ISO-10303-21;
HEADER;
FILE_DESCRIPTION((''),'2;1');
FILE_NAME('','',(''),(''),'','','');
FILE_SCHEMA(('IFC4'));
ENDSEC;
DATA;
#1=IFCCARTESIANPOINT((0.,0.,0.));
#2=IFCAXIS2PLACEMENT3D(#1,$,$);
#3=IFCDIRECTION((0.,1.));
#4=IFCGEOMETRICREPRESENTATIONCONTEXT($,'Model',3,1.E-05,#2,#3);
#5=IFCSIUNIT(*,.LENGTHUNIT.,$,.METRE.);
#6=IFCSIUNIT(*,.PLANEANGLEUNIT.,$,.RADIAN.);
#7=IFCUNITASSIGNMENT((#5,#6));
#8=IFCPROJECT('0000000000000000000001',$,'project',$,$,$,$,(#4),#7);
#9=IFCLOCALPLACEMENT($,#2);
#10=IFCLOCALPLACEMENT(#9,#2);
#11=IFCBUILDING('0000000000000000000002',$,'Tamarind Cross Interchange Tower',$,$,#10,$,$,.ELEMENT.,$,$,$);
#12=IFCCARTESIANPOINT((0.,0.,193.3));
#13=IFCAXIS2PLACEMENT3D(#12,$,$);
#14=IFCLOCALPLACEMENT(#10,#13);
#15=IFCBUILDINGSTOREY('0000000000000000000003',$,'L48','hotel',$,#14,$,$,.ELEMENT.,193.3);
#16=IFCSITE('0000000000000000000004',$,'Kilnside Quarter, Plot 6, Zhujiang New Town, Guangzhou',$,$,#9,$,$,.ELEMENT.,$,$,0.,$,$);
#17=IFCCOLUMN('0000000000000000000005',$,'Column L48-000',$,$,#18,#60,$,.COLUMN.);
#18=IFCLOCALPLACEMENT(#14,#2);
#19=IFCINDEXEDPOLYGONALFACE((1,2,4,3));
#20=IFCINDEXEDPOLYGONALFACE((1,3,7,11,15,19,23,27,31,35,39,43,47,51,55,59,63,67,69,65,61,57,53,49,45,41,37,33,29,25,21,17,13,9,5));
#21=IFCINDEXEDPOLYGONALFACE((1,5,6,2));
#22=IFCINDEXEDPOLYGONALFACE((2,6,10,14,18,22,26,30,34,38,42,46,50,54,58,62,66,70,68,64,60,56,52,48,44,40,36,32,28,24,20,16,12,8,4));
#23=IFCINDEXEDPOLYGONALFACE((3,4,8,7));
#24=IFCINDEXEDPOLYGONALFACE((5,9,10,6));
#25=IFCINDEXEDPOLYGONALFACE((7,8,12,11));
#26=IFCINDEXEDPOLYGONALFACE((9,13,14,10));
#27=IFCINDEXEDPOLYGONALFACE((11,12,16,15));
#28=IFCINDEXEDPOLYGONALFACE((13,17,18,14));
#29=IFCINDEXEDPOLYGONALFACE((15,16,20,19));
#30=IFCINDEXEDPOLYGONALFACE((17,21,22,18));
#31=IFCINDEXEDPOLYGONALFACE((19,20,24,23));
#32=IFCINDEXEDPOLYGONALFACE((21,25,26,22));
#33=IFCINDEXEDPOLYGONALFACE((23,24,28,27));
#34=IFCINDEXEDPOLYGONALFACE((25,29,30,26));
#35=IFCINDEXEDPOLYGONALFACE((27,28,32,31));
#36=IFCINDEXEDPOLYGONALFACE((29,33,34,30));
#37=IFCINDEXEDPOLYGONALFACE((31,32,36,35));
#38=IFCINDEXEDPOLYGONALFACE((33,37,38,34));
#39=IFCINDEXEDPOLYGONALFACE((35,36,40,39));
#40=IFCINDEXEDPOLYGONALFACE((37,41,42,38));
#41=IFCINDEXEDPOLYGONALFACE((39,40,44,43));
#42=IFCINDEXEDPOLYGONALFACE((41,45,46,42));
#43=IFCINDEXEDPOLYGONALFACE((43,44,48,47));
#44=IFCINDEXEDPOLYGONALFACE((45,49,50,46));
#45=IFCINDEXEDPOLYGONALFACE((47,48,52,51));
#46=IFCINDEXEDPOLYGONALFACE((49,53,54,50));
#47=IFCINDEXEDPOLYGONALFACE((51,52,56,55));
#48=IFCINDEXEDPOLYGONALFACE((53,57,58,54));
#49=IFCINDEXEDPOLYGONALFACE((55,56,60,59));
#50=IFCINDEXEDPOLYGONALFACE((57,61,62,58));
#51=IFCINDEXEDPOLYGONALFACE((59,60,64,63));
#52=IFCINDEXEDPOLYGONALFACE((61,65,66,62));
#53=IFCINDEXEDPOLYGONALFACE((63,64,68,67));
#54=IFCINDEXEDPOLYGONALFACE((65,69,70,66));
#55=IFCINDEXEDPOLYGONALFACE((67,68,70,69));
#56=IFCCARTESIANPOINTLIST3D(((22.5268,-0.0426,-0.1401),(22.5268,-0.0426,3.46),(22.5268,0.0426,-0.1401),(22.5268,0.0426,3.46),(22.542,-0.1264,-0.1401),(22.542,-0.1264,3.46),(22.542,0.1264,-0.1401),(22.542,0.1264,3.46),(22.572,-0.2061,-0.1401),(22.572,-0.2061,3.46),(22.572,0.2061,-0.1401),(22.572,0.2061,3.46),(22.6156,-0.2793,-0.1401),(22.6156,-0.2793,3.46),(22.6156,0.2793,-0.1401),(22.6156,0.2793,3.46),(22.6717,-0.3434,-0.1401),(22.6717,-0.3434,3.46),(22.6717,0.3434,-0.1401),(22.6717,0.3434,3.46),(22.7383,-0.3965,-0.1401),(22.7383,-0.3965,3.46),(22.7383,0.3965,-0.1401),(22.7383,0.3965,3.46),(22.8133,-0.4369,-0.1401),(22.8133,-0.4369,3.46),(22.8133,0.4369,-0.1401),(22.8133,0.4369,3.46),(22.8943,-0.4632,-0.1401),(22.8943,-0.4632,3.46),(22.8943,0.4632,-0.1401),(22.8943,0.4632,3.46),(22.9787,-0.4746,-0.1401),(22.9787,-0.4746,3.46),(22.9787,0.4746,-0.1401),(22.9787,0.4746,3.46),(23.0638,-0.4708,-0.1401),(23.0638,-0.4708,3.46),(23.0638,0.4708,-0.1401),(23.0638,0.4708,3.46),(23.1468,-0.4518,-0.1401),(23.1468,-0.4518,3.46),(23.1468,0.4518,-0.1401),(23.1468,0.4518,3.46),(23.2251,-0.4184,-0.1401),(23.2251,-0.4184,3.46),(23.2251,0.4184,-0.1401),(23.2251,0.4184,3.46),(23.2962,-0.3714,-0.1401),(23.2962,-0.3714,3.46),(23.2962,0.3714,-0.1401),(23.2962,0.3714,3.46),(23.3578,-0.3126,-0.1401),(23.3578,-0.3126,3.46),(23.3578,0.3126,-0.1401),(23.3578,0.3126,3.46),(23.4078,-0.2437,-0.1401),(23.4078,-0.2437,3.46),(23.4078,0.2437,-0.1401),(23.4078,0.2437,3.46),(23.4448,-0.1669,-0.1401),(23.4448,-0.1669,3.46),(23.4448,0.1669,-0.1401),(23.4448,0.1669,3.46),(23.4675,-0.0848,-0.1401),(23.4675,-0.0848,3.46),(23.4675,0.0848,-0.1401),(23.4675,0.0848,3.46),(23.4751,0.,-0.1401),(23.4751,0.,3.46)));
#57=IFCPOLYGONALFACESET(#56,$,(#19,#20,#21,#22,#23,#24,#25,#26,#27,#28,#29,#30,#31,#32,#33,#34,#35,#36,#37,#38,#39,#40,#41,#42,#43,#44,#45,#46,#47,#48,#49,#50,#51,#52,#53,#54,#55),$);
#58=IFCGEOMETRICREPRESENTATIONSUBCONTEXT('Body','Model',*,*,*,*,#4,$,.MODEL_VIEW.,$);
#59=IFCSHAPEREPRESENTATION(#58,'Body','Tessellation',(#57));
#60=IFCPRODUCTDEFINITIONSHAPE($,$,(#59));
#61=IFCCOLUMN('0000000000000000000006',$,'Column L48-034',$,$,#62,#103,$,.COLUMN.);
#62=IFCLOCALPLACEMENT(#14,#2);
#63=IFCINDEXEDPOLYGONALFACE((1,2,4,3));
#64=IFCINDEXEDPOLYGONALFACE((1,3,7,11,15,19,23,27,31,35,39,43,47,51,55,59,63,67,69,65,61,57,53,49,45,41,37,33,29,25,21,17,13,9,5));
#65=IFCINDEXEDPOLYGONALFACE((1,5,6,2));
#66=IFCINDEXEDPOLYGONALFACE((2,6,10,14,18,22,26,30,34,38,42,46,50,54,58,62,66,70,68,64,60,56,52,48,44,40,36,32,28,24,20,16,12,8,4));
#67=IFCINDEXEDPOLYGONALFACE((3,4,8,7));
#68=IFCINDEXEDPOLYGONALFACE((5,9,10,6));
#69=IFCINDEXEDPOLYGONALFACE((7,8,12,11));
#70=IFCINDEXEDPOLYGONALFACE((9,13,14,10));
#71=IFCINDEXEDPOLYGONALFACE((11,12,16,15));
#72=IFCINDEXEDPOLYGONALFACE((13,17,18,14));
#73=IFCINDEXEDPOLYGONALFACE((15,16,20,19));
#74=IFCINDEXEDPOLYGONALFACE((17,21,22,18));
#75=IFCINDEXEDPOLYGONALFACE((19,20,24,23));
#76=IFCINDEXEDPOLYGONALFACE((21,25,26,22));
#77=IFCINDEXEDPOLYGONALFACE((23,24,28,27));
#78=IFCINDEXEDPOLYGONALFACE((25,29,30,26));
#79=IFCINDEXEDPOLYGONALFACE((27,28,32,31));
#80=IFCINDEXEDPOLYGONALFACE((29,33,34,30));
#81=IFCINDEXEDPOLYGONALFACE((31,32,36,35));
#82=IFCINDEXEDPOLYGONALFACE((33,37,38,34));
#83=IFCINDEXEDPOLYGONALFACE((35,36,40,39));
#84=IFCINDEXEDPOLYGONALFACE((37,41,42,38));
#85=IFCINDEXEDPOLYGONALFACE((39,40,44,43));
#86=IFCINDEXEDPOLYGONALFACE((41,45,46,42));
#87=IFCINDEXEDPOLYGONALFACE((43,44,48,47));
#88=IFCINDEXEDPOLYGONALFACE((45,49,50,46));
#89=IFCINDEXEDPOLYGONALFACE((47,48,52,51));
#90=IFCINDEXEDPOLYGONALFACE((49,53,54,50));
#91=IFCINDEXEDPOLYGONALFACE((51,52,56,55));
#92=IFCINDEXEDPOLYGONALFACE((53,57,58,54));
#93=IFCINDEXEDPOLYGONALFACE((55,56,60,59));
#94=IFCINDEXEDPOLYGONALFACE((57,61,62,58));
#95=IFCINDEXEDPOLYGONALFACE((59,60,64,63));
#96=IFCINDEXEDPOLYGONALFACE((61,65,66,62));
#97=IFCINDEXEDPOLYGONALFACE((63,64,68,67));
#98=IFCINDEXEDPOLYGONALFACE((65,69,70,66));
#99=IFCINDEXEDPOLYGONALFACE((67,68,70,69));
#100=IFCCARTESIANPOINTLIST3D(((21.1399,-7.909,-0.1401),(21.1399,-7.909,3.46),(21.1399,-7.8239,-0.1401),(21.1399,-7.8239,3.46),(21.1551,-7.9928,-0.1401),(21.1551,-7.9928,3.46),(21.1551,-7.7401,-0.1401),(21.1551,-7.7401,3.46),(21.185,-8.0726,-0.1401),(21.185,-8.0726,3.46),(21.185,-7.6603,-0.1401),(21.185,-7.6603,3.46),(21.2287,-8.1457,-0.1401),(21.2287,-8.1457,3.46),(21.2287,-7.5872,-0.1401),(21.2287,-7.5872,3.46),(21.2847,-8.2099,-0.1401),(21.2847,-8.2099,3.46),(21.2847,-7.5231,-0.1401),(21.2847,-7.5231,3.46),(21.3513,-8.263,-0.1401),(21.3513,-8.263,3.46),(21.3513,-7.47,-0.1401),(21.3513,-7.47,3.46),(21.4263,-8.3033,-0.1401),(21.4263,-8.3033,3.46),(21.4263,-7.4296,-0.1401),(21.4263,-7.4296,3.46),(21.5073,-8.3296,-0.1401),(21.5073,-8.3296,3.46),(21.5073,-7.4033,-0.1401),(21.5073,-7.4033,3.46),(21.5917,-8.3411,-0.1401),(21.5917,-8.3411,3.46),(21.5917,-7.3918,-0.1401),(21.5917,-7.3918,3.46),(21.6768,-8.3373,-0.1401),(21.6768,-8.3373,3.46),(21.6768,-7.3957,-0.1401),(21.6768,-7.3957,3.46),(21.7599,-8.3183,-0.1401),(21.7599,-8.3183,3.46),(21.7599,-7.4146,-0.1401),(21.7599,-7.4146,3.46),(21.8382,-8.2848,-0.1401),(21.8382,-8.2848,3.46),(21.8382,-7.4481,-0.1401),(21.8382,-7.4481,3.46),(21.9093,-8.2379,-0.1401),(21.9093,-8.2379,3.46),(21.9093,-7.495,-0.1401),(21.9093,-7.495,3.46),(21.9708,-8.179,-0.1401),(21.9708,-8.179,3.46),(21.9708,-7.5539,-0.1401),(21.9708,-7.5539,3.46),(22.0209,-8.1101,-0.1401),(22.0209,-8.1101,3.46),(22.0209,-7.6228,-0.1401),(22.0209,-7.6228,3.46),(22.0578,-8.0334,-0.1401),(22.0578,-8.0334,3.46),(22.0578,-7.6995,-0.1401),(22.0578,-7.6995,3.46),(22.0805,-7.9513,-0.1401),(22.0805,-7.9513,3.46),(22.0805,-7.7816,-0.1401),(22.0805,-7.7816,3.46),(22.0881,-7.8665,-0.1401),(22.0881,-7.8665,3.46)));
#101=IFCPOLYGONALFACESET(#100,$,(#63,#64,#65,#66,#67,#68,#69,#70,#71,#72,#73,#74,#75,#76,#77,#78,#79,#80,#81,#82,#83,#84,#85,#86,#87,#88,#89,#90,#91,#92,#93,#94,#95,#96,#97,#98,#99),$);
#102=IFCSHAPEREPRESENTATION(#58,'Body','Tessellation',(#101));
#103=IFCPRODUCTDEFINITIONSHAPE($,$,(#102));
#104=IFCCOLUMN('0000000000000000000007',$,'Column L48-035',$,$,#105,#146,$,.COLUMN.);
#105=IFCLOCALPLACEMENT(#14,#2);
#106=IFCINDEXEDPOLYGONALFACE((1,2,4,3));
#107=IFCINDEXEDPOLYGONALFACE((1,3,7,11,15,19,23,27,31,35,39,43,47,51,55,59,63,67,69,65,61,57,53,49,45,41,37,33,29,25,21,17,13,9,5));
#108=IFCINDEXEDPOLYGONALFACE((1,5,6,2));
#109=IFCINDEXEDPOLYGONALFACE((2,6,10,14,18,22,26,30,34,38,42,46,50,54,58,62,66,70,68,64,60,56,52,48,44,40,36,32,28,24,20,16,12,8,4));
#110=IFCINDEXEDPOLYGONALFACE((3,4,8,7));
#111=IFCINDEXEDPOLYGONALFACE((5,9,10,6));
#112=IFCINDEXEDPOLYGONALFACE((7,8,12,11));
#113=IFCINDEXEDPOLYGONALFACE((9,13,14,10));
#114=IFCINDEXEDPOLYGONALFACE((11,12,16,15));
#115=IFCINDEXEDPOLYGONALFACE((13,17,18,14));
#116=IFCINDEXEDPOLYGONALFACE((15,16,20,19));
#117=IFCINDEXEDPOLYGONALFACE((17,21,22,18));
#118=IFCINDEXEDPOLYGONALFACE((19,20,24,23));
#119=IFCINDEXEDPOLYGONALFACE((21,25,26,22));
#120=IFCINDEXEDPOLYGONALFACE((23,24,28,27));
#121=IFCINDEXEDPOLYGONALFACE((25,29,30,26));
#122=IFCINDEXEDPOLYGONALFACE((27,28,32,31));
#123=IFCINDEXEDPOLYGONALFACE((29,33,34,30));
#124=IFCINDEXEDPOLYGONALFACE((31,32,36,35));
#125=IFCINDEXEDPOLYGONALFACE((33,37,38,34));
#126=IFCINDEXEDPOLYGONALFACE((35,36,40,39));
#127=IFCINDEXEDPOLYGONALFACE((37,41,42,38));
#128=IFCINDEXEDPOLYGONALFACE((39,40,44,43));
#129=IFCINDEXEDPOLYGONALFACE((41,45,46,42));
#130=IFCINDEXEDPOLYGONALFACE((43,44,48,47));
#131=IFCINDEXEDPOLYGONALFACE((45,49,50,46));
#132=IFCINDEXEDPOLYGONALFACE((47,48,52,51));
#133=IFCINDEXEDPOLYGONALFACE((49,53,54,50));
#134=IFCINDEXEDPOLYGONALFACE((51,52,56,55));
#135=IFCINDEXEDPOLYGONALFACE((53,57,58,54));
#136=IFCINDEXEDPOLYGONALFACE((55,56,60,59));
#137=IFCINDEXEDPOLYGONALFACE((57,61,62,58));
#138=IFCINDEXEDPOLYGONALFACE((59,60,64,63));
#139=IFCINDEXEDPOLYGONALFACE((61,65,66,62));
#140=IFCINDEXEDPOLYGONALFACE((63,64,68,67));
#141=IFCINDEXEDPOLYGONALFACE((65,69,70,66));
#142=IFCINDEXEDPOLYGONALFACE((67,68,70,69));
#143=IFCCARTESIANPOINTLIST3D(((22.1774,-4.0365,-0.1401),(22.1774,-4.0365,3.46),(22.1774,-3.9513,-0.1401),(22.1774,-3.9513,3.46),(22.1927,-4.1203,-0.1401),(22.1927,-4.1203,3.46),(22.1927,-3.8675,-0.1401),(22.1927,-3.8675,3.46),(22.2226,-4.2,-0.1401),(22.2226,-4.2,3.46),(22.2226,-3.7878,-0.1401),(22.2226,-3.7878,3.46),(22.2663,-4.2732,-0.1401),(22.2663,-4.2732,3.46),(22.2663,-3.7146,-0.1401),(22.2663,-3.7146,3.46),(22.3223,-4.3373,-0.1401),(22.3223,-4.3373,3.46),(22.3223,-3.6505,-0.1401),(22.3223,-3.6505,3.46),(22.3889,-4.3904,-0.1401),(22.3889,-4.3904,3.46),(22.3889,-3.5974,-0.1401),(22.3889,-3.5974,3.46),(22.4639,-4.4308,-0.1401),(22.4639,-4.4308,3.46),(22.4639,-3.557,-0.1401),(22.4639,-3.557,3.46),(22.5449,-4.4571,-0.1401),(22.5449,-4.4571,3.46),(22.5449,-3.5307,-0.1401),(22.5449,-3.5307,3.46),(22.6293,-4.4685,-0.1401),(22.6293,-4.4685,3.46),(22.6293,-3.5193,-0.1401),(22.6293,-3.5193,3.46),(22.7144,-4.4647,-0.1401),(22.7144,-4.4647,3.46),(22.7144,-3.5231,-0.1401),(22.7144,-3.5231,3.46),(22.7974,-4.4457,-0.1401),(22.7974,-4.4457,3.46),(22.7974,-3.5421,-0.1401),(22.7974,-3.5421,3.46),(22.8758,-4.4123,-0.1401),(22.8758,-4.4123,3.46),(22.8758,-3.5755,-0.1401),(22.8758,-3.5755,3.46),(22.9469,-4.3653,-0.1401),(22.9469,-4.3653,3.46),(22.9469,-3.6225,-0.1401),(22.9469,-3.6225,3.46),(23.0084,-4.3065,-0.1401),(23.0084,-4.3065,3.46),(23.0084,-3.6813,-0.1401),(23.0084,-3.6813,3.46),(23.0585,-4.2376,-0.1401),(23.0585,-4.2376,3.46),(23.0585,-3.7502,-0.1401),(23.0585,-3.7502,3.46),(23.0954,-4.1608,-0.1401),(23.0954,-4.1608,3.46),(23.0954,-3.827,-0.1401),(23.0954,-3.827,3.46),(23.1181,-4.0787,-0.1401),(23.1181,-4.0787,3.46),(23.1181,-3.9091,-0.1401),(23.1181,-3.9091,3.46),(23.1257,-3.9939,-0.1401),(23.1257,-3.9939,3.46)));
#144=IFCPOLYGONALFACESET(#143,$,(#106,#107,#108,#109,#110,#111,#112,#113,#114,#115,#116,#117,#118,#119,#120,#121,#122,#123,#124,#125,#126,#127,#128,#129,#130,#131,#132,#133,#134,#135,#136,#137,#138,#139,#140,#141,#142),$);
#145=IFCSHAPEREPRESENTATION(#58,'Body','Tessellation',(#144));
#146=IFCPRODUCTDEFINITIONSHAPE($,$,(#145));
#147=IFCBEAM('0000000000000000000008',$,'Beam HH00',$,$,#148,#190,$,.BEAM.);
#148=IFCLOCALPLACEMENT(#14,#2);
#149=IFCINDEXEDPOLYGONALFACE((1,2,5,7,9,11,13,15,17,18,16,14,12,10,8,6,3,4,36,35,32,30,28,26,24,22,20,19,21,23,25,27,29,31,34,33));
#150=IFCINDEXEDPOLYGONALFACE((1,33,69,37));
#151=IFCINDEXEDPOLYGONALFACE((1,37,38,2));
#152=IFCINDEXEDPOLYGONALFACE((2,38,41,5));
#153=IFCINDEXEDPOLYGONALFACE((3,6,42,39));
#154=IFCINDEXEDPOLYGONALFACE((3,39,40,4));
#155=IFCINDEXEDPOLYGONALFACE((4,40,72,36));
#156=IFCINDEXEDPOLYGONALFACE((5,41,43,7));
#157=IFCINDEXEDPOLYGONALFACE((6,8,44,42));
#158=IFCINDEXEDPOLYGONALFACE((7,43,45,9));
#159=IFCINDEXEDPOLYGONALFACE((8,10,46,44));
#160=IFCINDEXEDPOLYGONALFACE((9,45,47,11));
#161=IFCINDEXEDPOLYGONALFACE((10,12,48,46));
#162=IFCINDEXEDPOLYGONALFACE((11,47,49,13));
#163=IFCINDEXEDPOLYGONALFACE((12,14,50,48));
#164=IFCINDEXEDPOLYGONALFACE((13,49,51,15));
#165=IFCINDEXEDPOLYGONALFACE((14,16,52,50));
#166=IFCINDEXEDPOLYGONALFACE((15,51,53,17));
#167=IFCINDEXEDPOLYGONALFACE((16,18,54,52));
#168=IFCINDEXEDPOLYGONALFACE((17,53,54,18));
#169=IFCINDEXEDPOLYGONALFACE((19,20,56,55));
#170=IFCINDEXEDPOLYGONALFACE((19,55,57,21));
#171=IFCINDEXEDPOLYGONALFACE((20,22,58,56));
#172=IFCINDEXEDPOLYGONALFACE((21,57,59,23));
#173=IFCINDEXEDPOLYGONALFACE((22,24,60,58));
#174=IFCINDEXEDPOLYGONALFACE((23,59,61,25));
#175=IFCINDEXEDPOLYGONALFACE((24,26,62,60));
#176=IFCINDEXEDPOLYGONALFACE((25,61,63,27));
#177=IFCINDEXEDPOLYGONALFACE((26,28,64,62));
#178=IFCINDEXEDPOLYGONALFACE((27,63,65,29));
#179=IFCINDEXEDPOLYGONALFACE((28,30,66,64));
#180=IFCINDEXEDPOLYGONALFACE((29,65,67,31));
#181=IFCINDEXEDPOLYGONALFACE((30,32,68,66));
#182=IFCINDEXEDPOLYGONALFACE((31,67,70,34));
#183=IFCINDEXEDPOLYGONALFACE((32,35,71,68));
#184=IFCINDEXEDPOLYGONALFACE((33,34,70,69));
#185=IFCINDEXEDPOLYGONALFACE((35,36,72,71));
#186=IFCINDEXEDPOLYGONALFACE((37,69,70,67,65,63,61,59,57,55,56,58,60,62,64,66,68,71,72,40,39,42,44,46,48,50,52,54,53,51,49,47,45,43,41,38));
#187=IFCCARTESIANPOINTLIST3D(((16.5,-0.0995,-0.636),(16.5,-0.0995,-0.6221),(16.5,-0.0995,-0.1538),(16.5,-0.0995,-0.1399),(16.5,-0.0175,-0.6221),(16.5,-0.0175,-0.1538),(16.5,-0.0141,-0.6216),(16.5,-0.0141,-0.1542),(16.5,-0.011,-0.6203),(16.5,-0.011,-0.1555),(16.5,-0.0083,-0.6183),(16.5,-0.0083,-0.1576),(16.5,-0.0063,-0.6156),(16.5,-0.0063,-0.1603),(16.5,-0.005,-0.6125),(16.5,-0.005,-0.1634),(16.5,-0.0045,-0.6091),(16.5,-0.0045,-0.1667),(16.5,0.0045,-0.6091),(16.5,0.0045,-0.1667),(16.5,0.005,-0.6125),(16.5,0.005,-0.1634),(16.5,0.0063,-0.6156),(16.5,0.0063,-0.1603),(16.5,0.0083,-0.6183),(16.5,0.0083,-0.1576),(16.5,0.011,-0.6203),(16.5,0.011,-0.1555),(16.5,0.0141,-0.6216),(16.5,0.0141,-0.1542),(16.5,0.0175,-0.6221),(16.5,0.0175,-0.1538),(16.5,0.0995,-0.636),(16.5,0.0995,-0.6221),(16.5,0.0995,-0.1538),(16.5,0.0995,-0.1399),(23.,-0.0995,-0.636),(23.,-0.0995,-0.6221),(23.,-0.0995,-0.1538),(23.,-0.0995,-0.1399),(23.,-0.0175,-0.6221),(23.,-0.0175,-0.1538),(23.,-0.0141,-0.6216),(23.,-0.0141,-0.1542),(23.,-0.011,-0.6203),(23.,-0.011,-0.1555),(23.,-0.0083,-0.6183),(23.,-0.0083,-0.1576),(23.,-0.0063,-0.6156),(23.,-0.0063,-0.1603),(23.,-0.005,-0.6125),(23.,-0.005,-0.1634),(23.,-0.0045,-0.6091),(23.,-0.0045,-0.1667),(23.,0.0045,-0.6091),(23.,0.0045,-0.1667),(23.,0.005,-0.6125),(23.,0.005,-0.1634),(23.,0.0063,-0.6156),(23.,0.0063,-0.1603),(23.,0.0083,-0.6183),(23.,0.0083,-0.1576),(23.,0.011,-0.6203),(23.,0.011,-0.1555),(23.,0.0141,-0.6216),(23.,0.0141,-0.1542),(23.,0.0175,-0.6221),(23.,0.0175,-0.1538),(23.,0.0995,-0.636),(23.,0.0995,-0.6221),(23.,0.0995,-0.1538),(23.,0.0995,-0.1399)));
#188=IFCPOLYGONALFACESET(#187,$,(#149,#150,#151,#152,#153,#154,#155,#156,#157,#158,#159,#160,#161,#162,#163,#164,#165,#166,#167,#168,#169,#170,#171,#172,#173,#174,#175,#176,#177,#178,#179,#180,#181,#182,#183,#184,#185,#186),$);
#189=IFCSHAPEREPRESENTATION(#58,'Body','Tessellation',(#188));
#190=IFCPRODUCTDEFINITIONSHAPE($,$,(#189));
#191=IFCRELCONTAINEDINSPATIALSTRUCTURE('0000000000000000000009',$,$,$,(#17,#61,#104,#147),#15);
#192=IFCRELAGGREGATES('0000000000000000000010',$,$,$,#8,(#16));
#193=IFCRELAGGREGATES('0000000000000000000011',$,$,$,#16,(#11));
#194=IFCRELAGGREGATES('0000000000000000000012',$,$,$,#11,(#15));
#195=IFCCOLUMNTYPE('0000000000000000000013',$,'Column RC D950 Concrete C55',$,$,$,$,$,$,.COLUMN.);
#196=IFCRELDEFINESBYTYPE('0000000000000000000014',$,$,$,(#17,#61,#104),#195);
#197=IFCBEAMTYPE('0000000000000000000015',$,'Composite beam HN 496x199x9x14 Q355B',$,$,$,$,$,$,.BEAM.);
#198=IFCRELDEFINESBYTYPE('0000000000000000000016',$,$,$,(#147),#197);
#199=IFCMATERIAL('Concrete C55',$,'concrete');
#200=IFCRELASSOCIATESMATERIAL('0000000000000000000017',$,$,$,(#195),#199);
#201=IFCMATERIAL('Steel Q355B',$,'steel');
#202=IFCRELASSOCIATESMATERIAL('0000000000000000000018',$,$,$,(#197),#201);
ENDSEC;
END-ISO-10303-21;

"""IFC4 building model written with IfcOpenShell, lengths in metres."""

from ifc_helpers import new_model, si_unit, direction, frame, origin, origin_2d, place, context, subcontext, project, spatial, circle, i_section, extrude, material, material_profile, profile_set, type_object, element, save


model = new_model("IFC4")

# Units and contexts
model_context = context("Model", 3, precision=1e-05, world=origin(), true_north=direction((0.0, 1.0)))
body_context = subcontext(model_context, "Body", "Model", "MODEL_VIEW")
ifc_project = project(units=[si_unit("LENGTHUNIT", "METRE"), si_unit("PLANEANGLEUNIT", "RADIAN")], contexts=[model_context])

# Site, building, storey
site_placement = place(None, origin())
site = spatial("IfcSite", under=ifc_project, at=site_placement, Name="Kilnside Quarter, Plot 6, Zhujiang New Town, Guangzhou", CompositionType="ELEMENT", RefElevation=0.0)
building_placement = place(site_placement, origin())
building = spatial("IfcBuilding", under=site, at=building_placement, Name="Tamarind Cross Interchange Tower", CompositionType="ELEMENT")
storey_placement = place(building_placement, frame((0.0, 0.0, 193.3)))
storey = spatial("IfcBuildingStorey", under=building, at=storey_placement, Name="L48", Description="hotel", CompositionType="ELEMENT", Elevation=193.3)

# Columns
ifc_material_1 = material(Name="Concrete C55", Category="concrete")
ifc_material_profile_1 = material_profile(ifc_material_1, circle(Radius=0.4751, at=origin_2d()), Name="RC D950")
ifc_profile_set_1 = profile_set([ifc_material_profile_1], Name="Concrete C55")
column_type = type_object("IfcColumnType", Name="Column RC D950 Concrete C55", PredefinedType="COLUMN", material=ifc_profile_set_1)
for number, where, z_axis, x_axis, name in (
    (1, (23.0, 0.0, -0.1401), (0.0, 0.0, 1.0), (1.0, 0.0, 0.0), "Column L48-000"),
    (2, (21.613, -7.8665, -0.1401), (0.0, 0.0, 1.0), (1.0, 0.0, 0.0), "Column L48-034"),
    (3, (22.6506, -3.9939, -0.1401), (0.0, 0.0, 1.0), (1.0, 0.0, 0.0), "Column L48-035"),
):
    element("IfcColumn", number, at=place(storey_placement, frame(where, z_axis=z_axis, x_axis=x_axis)), inside=storey, type_object=column_type, Name=name, PredefinedType="COLUMN", context=body_context, shape_type="SweptSolid", body=[
        extrude(circle(Radius=0.4751, at=origin_2d()), origin(), (0.0, 0.0, 1.0), 3.6001),
    ])

# Beam
ifc_material_2 = material(Name="Steel Q355B", Category="steel")
ifc_material_profile_2 = material_profile(ifc_material_2, i_section(OverallWidth=0.199, OverallDepth=0.4961, WebThickness=0.009, FlangeThickness=0.0139, FilletRadius=0.0129, at=origin_2d()), Name="HN 496x199x9x14")
ifc_profile_set_2 = profile_set([ifc_material_profile_2], Name="Steel Q355B")
beam_type = type_object("IfcBeamType", Name="Composite beam HN 496x199x9x14 Q355B", PredefinedType="BEAM", material=ifc_profile_set_2)
beam_1_placement = place(storey_placement, frame((23.0, 0.0, -0.3879), z_axis=(-1.0, 0.0, 0.0), x_axis=(0.0, -1.0, 0.0)))
element("IfcBeam", 4, at=beam_1_placement, inside=storey, type_object=beam_type, Name="Beam HH00", PredefinedType="BEAM", context=body_context, shape_type="SweptSolid", body=[
    extrude(i_section(OverallWidth=0.199, OverallDepth=0.4961, WebThickness=0.009, FlangeThickness=0.0139, FilletRadius=0.0129, at=origin_2d()), origin(), (0.0, 0.0, 1.0), 6.5),
])

save(model, "model.ifc")
